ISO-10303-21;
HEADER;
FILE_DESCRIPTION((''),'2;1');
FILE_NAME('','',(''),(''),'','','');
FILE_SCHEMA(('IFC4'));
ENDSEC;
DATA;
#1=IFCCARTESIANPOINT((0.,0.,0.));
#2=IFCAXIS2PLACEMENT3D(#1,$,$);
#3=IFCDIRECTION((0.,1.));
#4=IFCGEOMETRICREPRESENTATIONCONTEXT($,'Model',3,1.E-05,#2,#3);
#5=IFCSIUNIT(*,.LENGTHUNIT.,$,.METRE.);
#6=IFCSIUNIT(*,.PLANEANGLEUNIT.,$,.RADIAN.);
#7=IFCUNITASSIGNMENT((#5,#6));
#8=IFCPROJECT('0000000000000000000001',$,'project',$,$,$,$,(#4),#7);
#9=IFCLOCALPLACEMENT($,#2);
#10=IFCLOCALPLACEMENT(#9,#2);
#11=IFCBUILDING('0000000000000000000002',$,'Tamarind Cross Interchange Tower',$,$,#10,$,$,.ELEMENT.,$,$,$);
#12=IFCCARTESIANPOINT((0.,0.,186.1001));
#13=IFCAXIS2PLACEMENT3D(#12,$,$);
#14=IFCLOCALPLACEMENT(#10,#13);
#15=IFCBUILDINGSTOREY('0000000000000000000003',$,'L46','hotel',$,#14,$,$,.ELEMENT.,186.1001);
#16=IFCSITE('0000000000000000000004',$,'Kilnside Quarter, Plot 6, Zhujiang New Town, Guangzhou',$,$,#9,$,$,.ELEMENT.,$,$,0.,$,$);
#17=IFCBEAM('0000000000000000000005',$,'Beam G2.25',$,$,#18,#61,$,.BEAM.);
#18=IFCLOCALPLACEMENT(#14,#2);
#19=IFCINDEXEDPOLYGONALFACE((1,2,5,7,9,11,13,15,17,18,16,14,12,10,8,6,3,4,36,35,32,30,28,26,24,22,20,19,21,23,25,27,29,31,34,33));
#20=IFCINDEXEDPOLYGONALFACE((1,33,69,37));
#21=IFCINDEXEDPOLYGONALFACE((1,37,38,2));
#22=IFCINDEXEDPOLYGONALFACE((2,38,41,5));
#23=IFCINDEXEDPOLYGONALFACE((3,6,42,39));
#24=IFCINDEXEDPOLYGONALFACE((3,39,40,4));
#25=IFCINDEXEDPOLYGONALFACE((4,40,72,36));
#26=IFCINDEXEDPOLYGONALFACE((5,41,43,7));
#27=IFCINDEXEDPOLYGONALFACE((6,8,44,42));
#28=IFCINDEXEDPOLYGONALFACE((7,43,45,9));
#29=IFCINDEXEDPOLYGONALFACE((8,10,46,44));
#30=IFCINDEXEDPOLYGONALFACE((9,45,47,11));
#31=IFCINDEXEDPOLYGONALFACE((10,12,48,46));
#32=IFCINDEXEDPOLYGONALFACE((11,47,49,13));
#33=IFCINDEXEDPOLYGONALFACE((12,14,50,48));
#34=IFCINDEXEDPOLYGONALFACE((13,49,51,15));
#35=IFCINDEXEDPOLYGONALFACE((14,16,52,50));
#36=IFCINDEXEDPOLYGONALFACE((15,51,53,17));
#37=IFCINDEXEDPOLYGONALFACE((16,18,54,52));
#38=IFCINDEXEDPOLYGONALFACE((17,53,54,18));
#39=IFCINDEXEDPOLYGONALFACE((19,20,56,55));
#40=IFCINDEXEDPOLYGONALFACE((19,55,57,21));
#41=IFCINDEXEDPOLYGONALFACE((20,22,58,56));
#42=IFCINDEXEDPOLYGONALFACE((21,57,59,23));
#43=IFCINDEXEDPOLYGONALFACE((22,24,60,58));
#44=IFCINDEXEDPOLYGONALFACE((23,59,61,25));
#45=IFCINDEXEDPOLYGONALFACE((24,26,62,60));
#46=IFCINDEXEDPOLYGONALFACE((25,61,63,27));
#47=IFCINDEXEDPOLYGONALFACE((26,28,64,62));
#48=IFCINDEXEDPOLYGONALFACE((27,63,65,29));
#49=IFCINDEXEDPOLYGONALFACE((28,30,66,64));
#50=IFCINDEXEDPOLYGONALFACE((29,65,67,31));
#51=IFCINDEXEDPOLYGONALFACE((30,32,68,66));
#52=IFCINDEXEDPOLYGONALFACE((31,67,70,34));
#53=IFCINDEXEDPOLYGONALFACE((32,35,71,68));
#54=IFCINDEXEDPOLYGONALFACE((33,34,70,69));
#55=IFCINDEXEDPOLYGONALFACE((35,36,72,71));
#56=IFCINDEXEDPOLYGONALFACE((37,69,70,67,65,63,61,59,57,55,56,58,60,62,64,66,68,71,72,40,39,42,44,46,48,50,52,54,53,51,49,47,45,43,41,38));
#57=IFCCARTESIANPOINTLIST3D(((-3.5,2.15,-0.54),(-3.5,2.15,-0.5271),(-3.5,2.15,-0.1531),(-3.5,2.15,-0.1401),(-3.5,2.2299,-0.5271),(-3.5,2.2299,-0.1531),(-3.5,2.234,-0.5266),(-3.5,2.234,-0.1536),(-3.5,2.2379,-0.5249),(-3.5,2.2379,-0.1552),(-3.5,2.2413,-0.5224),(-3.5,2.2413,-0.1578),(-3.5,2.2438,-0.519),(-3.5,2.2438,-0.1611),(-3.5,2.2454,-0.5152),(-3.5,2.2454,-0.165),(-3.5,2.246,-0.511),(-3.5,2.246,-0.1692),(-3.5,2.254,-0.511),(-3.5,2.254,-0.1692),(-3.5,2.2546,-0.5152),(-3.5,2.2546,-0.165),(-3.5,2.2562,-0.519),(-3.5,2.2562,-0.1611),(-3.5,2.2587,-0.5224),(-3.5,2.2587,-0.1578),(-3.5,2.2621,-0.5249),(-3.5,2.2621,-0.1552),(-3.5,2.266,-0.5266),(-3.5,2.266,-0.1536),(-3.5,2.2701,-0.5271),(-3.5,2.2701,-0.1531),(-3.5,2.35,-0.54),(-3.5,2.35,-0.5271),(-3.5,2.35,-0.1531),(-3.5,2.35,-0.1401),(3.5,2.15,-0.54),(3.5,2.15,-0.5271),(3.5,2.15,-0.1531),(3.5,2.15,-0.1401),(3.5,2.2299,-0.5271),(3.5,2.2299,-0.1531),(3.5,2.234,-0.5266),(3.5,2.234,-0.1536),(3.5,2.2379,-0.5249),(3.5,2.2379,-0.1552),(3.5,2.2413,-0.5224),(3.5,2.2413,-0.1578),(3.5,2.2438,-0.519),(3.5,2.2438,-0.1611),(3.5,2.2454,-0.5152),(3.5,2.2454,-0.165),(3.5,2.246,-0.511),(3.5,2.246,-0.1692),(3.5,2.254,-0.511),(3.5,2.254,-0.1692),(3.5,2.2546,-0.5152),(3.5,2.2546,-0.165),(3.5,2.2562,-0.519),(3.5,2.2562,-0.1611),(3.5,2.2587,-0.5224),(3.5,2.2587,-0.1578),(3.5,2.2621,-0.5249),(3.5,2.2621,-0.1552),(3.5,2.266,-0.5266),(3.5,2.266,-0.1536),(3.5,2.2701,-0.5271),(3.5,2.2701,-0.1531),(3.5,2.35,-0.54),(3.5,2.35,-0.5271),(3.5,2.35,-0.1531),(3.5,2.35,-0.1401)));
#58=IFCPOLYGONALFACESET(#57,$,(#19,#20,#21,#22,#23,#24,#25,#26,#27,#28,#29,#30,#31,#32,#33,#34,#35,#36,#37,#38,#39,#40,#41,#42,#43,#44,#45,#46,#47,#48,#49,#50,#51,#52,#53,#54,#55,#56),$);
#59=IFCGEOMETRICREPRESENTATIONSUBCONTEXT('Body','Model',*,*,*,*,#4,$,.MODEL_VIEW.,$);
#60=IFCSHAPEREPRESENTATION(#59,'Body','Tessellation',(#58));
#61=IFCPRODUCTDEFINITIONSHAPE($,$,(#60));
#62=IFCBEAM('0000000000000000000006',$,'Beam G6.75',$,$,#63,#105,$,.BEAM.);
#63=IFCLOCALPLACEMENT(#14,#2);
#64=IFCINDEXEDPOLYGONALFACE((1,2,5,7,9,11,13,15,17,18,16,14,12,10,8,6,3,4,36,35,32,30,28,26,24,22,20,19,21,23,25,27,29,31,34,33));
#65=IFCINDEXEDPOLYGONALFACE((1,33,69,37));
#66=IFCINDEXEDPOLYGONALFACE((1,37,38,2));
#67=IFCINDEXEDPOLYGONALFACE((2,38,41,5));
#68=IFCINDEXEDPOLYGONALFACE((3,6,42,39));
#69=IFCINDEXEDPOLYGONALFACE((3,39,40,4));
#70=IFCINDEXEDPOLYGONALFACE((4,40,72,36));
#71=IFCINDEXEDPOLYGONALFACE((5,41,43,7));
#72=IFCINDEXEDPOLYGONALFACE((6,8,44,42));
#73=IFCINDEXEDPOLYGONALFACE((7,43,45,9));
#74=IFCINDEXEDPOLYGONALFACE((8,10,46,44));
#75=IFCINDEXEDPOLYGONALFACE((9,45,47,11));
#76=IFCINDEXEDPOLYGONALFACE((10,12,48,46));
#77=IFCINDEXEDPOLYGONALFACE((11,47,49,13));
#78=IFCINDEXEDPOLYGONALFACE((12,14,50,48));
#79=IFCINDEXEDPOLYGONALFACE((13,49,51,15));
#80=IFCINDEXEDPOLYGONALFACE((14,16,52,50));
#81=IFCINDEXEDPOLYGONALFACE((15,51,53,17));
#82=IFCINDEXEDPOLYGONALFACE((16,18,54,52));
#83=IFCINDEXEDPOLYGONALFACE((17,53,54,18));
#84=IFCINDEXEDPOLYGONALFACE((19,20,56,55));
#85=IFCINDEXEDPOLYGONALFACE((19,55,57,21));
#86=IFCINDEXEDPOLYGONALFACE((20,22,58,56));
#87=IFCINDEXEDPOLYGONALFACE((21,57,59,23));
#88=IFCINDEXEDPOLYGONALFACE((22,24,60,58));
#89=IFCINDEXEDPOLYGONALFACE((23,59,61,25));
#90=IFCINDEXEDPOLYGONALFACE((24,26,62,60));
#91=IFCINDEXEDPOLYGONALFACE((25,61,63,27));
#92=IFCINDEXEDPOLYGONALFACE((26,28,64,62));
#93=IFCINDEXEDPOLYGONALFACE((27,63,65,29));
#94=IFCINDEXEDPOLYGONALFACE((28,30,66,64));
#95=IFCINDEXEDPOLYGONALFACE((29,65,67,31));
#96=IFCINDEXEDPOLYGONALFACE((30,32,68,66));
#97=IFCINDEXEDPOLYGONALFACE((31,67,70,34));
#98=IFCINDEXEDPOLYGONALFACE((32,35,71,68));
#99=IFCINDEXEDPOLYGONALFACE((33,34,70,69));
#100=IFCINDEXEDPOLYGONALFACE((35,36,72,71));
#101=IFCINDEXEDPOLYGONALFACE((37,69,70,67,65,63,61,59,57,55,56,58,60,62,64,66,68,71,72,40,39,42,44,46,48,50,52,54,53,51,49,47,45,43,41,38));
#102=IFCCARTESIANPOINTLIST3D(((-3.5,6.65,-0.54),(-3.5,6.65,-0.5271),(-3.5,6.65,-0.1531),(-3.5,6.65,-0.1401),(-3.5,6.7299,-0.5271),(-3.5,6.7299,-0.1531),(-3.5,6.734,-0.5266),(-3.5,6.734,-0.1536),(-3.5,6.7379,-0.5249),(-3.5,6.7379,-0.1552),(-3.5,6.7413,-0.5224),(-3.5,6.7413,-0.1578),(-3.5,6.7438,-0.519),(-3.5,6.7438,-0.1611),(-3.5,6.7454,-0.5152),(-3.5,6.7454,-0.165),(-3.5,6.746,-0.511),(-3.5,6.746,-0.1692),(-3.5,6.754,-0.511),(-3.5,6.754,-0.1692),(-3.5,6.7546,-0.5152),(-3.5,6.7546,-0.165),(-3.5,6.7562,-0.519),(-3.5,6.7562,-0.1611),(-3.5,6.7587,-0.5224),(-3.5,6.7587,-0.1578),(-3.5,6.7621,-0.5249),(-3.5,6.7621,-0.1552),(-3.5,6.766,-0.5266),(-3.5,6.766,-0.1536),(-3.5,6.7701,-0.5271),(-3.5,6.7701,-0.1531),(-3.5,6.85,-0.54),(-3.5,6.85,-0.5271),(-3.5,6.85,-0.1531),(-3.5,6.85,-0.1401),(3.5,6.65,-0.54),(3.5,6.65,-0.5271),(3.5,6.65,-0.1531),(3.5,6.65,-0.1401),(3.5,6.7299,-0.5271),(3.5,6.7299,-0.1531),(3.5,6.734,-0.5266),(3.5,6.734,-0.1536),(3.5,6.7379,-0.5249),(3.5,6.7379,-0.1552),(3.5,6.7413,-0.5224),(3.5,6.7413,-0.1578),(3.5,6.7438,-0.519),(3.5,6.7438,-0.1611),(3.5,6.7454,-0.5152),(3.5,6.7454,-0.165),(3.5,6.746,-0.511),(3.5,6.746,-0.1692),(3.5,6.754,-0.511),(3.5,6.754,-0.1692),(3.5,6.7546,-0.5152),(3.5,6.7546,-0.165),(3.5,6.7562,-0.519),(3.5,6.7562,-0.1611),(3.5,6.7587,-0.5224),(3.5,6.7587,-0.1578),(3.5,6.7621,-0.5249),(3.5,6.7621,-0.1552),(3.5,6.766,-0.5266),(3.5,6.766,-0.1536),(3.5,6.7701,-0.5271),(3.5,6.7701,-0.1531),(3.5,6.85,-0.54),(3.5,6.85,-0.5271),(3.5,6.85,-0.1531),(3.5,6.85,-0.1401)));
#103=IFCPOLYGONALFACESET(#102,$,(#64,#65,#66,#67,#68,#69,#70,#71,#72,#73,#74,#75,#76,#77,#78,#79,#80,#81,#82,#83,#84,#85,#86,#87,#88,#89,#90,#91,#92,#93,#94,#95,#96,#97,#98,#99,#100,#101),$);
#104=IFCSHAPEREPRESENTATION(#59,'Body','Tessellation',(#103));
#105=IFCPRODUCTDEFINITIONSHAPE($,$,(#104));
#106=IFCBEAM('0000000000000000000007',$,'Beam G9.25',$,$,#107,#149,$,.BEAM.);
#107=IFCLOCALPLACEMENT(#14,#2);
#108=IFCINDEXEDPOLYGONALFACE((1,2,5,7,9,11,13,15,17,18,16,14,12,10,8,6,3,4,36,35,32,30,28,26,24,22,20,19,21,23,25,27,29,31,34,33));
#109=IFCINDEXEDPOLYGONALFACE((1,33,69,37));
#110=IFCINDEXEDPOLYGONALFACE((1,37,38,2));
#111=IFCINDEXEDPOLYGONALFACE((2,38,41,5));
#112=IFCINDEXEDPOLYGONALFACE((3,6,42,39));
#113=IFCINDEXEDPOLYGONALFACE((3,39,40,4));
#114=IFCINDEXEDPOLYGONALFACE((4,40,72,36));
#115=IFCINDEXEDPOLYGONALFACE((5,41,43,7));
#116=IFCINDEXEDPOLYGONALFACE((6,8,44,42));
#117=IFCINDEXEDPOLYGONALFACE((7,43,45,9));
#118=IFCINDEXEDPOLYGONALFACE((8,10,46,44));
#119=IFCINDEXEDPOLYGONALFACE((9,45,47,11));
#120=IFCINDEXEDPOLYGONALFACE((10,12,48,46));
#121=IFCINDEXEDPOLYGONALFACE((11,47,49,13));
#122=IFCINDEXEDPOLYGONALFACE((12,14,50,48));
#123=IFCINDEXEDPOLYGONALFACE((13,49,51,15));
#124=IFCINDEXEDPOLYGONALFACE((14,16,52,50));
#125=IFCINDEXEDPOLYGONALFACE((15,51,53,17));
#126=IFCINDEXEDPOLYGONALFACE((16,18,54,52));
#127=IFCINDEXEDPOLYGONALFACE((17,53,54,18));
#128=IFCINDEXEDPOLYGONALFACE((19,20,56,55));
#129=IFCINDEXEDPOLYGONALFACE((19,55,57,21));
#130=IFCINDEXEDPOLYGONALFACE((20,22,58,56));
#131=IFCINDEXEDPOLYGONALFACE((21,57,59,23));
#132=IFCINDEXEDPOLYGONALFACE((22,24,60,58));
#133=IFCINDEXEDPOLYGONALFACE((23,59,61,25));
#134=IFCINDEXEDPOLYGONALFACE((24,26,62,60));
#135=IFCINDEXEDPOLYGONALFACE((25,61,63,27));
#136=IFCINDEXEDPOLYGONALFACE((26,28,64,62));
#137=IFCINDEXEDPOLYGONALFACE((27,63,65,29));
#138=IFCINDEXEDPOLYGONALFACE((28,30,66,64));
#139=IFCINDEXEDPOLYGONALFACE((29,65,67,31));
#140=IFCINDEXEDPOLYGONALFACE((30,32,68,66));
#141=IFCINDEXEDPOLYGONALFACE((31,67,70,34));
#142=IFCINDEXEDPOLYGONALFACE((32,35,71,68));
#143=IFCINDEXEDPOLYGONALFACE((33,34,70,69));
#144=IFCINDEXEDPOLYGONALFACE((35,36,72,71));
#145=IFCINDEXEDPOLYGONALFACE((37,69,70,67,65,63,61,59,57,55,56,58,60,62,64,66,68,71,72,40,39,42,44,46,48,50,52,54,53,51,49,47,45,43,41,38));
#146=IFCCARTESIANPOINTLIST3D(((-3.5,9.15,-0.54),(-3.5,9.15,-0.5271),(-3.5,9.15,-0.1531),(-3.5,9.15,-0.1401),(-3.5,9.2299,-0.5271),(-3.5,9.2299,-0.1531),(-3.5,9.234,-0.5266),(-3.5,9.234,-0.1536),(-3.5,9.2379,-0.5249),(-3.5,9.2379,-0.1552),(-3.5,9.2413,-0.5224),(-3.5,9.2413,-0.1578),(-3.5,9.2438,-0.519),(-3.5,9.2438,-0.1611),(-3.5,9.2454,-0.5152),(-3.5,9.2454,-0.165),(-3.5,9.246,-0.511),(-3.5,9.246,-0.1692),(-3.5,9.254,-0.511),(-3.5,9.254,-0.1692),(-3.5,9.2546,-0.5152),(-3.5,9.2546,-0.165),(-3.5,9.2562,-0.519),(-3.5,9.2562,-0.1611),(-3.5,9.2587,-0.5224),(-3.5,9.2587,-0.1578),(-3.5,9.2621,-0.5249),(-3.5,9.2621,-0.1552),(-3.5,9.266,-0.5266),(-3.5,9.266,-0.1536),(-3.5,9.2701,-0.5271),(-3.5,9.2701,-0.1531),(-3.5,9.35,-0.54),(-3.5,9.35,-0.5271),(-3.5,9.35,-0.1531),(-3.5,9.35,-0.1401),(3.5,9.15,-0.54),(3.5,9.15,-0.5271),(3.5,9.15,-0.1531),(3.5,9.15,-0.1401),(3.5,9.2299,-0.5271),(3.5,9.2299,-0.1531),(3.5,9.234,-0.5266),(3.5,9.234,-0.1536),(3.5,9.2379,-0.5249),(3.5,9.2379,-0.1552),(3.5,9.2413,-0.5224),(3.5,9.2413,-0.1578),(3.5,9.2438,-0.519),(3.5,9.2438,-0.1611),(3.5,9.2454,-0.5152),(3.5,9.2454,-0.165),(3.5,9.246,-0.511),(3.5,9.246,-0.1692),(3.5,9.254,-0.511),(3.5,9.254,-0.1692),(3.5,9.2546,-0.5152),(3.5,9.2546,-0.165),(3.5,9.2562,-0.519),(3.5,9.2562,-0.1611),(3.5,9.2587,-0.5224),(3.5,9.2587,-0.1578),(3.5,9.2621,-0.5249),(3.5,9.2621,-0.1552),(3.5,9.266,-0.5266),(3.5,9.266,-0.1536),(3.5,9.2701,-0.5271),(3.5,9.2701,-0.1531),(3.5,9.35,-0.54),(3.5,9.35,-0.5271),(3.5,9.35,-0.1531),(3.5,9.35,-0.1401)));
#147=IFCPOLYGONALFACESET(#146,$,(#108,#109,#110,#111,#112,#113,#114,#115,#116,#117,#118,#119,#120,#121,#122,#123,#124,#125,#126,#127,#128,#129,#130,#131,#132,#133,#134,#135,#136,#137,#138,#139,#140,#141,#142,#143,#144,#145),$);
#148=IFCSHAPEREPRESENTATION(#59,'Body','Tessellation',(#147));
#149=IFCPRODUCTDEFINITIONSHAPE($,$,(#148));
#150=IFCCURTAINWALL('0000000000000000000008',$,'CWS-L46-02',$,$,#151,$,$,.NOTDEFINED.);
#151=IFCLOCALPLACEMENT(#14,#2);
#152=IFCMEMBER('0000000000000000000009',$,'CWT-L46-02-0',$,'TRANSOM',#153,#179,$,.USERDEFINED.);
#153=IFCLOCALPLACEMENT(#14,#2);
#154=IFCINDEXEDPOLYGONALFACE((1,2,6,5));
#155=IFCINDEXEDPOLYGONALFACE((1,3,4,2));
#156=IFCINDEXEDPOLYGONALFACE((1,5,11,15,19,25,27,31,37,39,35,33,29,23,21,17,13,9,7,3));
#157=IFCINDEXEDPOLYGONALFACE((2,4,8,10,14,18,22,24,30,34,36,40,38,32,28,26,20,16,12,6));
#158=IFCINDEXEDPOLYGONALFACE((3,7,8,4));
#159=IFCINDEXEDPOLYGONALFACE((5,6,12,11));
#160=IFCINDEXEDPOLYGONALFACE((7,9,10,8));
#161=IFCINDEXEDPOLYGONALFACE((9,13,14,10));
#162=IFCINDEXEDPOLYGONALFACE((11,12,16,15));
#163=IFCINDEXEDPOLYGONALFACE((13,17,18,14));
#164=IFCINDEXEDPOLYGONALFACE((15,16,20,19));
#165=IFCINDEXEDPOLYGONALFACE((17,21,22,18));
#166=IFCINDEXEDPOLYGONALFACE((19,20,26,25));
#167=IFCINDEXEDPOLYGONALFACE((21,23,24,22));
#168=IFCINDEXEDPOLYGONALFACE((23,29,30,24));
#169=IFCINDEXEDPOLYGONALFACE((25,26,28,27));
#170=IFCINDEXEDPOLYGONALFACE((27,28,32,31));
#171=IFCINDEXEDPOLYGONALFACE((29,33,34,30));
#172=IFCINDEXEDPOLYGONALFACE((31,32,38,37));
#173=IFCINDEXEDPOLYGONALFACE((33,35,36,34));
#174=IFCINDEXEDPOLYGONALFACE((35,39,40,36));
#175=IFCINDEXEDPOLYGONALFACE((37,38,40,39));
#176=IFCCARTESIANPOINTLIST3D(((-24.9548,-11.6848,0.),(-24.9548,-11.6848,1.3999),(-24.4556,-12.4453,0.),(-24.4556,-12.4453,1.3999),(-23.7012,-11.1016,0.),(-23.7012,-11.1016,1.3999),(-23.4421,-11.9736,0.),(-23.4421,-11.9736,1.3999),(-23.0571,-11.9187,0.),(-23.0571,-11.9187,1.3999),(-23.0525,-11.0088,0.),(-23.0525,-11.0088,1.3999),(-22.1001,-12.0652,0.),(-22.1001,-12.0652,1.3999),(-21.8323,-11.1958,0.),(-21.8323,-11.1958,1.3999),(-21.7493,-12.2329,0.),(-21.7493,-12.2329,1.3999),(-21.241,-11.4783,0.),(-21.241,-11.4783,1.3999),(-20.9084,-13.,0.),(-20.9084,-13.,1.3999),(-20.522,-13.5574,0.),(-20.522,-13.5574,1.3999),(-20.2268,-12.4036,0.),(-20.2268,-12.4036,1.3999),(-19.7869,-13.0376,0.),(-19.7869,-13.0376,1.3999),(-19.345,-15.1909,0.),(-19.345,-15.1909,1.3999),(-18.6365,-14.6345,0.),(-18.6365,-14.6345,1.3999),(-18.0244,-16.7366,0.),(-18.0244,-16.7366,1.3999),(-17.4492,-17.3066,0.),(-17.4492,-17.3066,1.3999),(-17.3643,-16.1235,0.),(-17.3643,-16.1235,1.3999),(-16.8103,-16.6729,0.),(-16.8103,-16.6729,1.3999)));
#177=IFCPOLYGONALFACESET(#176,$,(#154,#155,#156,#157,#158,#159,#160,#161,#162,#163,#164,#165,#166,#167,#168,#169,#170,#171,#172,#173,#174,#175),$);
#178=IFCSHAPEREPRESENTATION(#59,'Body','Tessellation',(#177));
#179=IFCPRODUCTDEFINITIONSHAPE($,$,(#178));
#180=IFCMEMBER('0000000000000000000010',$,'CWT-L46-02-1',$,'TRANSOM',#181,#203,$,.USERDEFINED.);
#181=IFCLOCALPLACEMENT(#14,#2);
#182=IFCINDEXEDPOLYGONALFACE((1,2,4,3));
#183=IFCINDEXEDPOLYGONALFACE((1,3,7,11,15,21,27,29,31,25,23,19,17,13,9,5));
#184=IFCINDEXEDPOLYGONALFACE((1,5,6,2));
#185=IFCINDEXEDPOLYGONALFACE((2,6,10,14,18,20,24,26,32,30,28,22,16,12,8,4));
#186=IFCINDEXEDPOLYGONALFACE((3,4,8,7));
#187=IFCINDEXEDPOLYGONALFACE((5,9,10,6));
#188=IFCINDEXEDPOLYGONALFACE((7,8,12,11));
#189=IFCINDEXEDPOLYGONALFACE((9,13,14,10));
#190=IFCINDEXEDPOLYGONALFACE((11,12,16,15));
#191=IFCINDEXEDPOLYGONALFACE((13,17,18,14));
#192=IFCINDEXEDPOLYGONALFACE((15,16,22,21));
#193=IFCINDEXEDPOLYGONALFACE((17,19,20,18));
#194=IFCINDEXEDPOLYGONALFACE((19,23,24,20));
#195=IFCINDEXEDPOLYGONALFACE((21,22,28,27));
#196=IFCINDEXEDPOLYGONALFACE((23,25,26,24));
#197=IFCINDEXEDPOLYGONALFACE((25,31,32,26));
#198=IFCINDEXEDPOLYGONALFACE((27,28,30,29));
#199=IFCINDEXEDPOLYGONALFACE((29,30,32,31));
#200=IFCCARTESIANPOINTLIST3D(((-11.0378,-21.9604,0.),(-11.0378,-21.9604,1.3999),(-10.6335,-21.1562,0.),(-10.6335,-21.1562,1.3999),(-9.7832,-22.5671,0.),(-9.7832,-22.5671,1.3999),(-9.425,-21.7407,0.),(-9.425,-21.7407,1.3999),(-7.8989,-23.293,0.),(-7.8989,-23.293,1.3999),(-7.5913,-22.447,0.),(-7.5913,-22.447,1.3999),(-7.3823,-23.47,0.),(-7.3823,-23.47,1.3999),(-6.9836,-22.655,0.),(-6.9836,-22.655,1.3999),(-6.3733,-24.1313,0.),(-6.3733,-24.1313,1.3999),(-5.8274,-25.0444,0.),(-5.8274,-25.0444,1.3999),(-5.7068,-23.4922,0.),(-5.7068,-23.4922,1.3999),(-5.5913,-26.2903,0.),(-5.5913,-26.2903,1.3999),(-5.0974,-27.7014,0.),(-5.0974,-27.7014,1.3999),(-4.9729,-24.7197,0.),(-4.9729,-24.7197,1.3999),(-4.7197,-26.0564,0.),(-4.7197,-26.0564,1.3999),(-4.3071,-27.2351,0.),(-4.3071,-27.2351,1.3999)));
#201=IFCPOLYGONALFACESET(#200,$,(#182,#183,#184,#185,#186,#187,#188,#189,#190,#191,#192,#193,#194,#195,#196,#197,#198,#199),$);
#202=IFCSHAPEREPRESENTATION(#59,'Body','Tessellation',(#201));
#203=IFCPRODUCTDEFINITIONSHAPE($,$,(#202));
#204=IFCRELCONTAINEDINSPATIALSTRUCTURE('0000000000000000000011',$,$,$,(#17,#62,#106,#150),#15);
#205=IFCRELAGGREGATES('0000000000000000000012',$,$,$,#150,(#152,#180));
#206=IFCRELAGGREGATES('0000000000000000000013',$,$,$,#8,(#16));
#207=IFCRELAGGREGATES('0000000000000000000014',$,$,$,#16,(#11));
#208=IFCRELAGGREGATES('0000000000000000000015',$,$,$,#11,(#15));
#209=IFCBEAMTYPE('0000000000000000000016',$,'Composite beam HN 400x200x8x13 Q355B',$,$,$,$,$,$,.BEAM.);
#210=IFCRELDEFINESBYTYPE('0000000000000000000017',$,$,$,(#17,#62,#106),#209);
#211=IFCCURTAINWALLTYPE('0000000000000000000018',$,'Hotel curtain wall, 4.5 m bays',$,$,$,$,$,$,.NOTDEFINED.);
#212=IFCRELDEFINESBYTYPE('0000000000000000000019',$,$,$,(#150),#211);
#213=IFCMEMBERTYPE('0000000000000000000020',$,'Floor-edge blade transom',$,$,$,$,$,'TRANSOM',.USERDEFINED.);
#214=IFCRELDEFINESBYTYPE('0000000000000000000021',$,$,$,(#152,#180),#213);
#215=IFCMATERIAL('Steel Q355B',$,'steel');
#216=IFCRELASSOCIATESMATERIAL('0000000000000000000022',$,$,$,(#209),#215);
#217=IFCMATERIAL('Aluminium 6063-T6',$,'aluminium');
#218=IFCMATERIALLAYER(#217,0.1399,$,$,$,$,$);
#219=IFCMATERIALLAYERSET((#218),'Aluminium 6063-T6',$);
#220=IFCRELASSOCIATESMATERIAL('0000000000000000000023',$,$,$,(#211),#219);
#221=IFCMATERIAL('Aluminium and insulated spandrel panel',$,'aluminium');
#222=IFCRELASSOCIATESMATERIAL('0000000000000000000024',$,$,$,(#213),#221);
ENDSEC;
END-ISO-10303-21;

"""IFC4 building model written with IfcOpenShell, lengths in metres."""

from ifc_helpers import new_model, si_unit, direction, frame, origin, origin_2d, place, context, subcontext, project, spatial, polyline, i_section, outline, extrude, material, layer, layer_set, material_profile, profile_set, type_object, element, aggregate, save


model = new_model("IFC4")

# Units and contexts
model_context = context("Model", 3, precision=1e-05, world=origin(), true_north=direction((0.0, 1.0)))
body_context = subcontext(model_context, "Body", "Model", "MODEL_VIEW")
ifc_project = project(units=[si_unit("LENGTHUNIT", "METRE"), si_unit("PLANEANGLEUNIT", "RADIAN")], contexts=[model_context])

# Site, building, storey
site_placement = place(None, origin())
site = spatial("IfcSite", under=ifc_project, at=site_placement, Name="Kilnside Quarter, Plot 6, Zhujiang New Town, Guangzhou", CompositionType="ELEMENT", RefElevation=0.0)
building_placement = place(site_placement, origin())
building = spatial("IfcBuilding", under=site, at=building_placement, Name="Tamarind Cross Interchange Tower", CompositionType="ELEMENT")
storey_placement = place(building_placement, frame((0.0, 0.0, 186.1001)))
storey = spatial("IfcBuildingStorey", under=building, at=storey_placement, Name="L46", Description="hotel", CompositionType="ELEMENT", Elevation=186.1001)

# Beams
ifc_material_1 = material(Name="Steel Q355B", Category="steel")
ifc_material_profile = material_profile(ifc_material_1, i_section(OverallWidth=0.2, OverallDepth=0.3999, WebThickness=0.0081, FlangeThickness=0.0129, FilletRadius=0.0161, at=origin_2d()), Name="HN 400x200x8x13")
ifc_profile_set = profile_set([ifc_material_profile], Name="Steel Q355B")
beam_type = type_object("IfcBeamType", Name="Composite beam HN 400x200x8x13 Q355B", PredefinedType="BEAM", material=ifc_profile_set)
for number, where, z_axis, x_axis, name in (
    (1, (-3.5, 2.25, -0.3401), (1.0, 0.0, 0.0), (0.0, 1.0, 0.0), "Beam G2.25"),
    (2, (-3.5, 6.75, -0.3401), (1.0, 0.0, 0.0), (0.0, 1.0, 0.0), "Beam G6.75"),
    (3, (-3.5, 9.25, -0.3401), (1.0, 0.0, 0.0), (0.0, 1.0, 0.0), "Beam G9.25"),
):
    element("IfcBeam", number, at=place(storey_placement, frame(where, z_axis=z_axis, x_axis=x_axis)), inside=storey, type_object=beam_type, Name=name, PredefinedType="BEAM", context=body_context, shape_type="SweptSolid", body=[
        extrude(i_section(OverallWidth=0.2, OverallDepth=0.3999, WebThickness=0.0081, FlangeThickness=0.0129, FilletRadius=0.0161, at=origin_2d()), origin(), (0.0, 0.0, 1.0), 7.0),
    ])

# Curtain wall, members
ifc_material_2 = material(Name="Aluminium 6063-T6", Category="aluminium")
ifc_layer_1 = layer(ifc_material_2, 0.1399)
ifc_layer_set_1 = layer_set([ifc_layer_1], Name="Aluminium 6063-T6")
curtain_wall_type = type_object("IfcCurtainWallType", Name="Hotel curtain wall, 4.5 m bays", PredefinedType="NOTDEFINED", material=ifc_layer_set_1)
curtain_wall_1_placement = place(storey_placement, origin())
curtain_wall_1 = element("IfcCurtainWall", 4, at=curtain_wall_1_placement, inside=storey, type_object=curtain_wall_type, Name="CWS-L46-02", PredefinedType="NOTDEFINED")
ifc_material_3 = material(Name="Aluminium and insulated spandrel panel", Category="aluminium")
member_type = type_object("IfcMemberType", Name="Floor-edge blade transom", ElementType="TRANSOM", PredefinedType="USERDEFINED", material=ifc_material_3)
member_1_placement = place(storey_placement, origin())
member_1 = element("IfcMember", 5, at=member_1_placement, type_object=member_type, Name="CWT-L46-02-0", ObjectType="TRANSOM", PredefinedType="USERDEFINED", context=body_context, shape_type="SweptSolid", body=[
    extrude(outline(polyline([(-24.9548, -11.6848), (-23.7012, -11.1016), (-23.0525, -11.0088), (-21.8323, -11.1958), (-21.241, -11.4783), (-20.2268, -12.4036), (-19.7869, -13.0376), (-18.6365, -14.6345), (-17.3643, -16.1235), (-16.8103, -16.6729), (-17.4492, -17.3066), (-18.0244, -16.7366), (-19.345, -15.1909), (-20.522, -13.5574), (-20.9084, -13.0), (-21.7493, -12.2329), (-22.1001, -12.0652), (-23.0571, -11.9187), (-23.4421, -11.9736), (-24.4556, -12.4453), (-24.9548, -11.6848)])), origin(), (0.0, 0.0, 1.0), 1.3999),
])
member_2_placement = place(storey_placement, origin())
member_2 = element("IfcMember", 6, at=member_2_placement, type_object=member_type, Name="CWT-L46-02-1", ObjectType="TRANSOM", PredefinedType="USERDEFINED", context=body_context, shape_type="SweptSolid", body=[
    extrude(outline(polyline([(-10.6335, -21.1562), (-9.425, -21.7407), (-7.5913, -22.447), (-6.9836, -22.655), (-5.7068, -23.4922), (-4.9729, -24.7197), (-4.7197, -26.0564), (-4.3071, -27.2351), (-5.0974, -27.7014), (-5.5913, -26.2903), (-5.8274, -25.0444), (-6.3733, -24.1313), (-7.3823, -23.47), (-7.8989, -23.293), (-9.7832, -22.5671), (-11.0378, -21.9604), (-10.6335, -21.1562)])), origin(), (0.0, 0.0, 1.0), 1.3999),
])

aggregate(curtain_wall_1, [member_1, member_2])

save(model, "model.ifc")
